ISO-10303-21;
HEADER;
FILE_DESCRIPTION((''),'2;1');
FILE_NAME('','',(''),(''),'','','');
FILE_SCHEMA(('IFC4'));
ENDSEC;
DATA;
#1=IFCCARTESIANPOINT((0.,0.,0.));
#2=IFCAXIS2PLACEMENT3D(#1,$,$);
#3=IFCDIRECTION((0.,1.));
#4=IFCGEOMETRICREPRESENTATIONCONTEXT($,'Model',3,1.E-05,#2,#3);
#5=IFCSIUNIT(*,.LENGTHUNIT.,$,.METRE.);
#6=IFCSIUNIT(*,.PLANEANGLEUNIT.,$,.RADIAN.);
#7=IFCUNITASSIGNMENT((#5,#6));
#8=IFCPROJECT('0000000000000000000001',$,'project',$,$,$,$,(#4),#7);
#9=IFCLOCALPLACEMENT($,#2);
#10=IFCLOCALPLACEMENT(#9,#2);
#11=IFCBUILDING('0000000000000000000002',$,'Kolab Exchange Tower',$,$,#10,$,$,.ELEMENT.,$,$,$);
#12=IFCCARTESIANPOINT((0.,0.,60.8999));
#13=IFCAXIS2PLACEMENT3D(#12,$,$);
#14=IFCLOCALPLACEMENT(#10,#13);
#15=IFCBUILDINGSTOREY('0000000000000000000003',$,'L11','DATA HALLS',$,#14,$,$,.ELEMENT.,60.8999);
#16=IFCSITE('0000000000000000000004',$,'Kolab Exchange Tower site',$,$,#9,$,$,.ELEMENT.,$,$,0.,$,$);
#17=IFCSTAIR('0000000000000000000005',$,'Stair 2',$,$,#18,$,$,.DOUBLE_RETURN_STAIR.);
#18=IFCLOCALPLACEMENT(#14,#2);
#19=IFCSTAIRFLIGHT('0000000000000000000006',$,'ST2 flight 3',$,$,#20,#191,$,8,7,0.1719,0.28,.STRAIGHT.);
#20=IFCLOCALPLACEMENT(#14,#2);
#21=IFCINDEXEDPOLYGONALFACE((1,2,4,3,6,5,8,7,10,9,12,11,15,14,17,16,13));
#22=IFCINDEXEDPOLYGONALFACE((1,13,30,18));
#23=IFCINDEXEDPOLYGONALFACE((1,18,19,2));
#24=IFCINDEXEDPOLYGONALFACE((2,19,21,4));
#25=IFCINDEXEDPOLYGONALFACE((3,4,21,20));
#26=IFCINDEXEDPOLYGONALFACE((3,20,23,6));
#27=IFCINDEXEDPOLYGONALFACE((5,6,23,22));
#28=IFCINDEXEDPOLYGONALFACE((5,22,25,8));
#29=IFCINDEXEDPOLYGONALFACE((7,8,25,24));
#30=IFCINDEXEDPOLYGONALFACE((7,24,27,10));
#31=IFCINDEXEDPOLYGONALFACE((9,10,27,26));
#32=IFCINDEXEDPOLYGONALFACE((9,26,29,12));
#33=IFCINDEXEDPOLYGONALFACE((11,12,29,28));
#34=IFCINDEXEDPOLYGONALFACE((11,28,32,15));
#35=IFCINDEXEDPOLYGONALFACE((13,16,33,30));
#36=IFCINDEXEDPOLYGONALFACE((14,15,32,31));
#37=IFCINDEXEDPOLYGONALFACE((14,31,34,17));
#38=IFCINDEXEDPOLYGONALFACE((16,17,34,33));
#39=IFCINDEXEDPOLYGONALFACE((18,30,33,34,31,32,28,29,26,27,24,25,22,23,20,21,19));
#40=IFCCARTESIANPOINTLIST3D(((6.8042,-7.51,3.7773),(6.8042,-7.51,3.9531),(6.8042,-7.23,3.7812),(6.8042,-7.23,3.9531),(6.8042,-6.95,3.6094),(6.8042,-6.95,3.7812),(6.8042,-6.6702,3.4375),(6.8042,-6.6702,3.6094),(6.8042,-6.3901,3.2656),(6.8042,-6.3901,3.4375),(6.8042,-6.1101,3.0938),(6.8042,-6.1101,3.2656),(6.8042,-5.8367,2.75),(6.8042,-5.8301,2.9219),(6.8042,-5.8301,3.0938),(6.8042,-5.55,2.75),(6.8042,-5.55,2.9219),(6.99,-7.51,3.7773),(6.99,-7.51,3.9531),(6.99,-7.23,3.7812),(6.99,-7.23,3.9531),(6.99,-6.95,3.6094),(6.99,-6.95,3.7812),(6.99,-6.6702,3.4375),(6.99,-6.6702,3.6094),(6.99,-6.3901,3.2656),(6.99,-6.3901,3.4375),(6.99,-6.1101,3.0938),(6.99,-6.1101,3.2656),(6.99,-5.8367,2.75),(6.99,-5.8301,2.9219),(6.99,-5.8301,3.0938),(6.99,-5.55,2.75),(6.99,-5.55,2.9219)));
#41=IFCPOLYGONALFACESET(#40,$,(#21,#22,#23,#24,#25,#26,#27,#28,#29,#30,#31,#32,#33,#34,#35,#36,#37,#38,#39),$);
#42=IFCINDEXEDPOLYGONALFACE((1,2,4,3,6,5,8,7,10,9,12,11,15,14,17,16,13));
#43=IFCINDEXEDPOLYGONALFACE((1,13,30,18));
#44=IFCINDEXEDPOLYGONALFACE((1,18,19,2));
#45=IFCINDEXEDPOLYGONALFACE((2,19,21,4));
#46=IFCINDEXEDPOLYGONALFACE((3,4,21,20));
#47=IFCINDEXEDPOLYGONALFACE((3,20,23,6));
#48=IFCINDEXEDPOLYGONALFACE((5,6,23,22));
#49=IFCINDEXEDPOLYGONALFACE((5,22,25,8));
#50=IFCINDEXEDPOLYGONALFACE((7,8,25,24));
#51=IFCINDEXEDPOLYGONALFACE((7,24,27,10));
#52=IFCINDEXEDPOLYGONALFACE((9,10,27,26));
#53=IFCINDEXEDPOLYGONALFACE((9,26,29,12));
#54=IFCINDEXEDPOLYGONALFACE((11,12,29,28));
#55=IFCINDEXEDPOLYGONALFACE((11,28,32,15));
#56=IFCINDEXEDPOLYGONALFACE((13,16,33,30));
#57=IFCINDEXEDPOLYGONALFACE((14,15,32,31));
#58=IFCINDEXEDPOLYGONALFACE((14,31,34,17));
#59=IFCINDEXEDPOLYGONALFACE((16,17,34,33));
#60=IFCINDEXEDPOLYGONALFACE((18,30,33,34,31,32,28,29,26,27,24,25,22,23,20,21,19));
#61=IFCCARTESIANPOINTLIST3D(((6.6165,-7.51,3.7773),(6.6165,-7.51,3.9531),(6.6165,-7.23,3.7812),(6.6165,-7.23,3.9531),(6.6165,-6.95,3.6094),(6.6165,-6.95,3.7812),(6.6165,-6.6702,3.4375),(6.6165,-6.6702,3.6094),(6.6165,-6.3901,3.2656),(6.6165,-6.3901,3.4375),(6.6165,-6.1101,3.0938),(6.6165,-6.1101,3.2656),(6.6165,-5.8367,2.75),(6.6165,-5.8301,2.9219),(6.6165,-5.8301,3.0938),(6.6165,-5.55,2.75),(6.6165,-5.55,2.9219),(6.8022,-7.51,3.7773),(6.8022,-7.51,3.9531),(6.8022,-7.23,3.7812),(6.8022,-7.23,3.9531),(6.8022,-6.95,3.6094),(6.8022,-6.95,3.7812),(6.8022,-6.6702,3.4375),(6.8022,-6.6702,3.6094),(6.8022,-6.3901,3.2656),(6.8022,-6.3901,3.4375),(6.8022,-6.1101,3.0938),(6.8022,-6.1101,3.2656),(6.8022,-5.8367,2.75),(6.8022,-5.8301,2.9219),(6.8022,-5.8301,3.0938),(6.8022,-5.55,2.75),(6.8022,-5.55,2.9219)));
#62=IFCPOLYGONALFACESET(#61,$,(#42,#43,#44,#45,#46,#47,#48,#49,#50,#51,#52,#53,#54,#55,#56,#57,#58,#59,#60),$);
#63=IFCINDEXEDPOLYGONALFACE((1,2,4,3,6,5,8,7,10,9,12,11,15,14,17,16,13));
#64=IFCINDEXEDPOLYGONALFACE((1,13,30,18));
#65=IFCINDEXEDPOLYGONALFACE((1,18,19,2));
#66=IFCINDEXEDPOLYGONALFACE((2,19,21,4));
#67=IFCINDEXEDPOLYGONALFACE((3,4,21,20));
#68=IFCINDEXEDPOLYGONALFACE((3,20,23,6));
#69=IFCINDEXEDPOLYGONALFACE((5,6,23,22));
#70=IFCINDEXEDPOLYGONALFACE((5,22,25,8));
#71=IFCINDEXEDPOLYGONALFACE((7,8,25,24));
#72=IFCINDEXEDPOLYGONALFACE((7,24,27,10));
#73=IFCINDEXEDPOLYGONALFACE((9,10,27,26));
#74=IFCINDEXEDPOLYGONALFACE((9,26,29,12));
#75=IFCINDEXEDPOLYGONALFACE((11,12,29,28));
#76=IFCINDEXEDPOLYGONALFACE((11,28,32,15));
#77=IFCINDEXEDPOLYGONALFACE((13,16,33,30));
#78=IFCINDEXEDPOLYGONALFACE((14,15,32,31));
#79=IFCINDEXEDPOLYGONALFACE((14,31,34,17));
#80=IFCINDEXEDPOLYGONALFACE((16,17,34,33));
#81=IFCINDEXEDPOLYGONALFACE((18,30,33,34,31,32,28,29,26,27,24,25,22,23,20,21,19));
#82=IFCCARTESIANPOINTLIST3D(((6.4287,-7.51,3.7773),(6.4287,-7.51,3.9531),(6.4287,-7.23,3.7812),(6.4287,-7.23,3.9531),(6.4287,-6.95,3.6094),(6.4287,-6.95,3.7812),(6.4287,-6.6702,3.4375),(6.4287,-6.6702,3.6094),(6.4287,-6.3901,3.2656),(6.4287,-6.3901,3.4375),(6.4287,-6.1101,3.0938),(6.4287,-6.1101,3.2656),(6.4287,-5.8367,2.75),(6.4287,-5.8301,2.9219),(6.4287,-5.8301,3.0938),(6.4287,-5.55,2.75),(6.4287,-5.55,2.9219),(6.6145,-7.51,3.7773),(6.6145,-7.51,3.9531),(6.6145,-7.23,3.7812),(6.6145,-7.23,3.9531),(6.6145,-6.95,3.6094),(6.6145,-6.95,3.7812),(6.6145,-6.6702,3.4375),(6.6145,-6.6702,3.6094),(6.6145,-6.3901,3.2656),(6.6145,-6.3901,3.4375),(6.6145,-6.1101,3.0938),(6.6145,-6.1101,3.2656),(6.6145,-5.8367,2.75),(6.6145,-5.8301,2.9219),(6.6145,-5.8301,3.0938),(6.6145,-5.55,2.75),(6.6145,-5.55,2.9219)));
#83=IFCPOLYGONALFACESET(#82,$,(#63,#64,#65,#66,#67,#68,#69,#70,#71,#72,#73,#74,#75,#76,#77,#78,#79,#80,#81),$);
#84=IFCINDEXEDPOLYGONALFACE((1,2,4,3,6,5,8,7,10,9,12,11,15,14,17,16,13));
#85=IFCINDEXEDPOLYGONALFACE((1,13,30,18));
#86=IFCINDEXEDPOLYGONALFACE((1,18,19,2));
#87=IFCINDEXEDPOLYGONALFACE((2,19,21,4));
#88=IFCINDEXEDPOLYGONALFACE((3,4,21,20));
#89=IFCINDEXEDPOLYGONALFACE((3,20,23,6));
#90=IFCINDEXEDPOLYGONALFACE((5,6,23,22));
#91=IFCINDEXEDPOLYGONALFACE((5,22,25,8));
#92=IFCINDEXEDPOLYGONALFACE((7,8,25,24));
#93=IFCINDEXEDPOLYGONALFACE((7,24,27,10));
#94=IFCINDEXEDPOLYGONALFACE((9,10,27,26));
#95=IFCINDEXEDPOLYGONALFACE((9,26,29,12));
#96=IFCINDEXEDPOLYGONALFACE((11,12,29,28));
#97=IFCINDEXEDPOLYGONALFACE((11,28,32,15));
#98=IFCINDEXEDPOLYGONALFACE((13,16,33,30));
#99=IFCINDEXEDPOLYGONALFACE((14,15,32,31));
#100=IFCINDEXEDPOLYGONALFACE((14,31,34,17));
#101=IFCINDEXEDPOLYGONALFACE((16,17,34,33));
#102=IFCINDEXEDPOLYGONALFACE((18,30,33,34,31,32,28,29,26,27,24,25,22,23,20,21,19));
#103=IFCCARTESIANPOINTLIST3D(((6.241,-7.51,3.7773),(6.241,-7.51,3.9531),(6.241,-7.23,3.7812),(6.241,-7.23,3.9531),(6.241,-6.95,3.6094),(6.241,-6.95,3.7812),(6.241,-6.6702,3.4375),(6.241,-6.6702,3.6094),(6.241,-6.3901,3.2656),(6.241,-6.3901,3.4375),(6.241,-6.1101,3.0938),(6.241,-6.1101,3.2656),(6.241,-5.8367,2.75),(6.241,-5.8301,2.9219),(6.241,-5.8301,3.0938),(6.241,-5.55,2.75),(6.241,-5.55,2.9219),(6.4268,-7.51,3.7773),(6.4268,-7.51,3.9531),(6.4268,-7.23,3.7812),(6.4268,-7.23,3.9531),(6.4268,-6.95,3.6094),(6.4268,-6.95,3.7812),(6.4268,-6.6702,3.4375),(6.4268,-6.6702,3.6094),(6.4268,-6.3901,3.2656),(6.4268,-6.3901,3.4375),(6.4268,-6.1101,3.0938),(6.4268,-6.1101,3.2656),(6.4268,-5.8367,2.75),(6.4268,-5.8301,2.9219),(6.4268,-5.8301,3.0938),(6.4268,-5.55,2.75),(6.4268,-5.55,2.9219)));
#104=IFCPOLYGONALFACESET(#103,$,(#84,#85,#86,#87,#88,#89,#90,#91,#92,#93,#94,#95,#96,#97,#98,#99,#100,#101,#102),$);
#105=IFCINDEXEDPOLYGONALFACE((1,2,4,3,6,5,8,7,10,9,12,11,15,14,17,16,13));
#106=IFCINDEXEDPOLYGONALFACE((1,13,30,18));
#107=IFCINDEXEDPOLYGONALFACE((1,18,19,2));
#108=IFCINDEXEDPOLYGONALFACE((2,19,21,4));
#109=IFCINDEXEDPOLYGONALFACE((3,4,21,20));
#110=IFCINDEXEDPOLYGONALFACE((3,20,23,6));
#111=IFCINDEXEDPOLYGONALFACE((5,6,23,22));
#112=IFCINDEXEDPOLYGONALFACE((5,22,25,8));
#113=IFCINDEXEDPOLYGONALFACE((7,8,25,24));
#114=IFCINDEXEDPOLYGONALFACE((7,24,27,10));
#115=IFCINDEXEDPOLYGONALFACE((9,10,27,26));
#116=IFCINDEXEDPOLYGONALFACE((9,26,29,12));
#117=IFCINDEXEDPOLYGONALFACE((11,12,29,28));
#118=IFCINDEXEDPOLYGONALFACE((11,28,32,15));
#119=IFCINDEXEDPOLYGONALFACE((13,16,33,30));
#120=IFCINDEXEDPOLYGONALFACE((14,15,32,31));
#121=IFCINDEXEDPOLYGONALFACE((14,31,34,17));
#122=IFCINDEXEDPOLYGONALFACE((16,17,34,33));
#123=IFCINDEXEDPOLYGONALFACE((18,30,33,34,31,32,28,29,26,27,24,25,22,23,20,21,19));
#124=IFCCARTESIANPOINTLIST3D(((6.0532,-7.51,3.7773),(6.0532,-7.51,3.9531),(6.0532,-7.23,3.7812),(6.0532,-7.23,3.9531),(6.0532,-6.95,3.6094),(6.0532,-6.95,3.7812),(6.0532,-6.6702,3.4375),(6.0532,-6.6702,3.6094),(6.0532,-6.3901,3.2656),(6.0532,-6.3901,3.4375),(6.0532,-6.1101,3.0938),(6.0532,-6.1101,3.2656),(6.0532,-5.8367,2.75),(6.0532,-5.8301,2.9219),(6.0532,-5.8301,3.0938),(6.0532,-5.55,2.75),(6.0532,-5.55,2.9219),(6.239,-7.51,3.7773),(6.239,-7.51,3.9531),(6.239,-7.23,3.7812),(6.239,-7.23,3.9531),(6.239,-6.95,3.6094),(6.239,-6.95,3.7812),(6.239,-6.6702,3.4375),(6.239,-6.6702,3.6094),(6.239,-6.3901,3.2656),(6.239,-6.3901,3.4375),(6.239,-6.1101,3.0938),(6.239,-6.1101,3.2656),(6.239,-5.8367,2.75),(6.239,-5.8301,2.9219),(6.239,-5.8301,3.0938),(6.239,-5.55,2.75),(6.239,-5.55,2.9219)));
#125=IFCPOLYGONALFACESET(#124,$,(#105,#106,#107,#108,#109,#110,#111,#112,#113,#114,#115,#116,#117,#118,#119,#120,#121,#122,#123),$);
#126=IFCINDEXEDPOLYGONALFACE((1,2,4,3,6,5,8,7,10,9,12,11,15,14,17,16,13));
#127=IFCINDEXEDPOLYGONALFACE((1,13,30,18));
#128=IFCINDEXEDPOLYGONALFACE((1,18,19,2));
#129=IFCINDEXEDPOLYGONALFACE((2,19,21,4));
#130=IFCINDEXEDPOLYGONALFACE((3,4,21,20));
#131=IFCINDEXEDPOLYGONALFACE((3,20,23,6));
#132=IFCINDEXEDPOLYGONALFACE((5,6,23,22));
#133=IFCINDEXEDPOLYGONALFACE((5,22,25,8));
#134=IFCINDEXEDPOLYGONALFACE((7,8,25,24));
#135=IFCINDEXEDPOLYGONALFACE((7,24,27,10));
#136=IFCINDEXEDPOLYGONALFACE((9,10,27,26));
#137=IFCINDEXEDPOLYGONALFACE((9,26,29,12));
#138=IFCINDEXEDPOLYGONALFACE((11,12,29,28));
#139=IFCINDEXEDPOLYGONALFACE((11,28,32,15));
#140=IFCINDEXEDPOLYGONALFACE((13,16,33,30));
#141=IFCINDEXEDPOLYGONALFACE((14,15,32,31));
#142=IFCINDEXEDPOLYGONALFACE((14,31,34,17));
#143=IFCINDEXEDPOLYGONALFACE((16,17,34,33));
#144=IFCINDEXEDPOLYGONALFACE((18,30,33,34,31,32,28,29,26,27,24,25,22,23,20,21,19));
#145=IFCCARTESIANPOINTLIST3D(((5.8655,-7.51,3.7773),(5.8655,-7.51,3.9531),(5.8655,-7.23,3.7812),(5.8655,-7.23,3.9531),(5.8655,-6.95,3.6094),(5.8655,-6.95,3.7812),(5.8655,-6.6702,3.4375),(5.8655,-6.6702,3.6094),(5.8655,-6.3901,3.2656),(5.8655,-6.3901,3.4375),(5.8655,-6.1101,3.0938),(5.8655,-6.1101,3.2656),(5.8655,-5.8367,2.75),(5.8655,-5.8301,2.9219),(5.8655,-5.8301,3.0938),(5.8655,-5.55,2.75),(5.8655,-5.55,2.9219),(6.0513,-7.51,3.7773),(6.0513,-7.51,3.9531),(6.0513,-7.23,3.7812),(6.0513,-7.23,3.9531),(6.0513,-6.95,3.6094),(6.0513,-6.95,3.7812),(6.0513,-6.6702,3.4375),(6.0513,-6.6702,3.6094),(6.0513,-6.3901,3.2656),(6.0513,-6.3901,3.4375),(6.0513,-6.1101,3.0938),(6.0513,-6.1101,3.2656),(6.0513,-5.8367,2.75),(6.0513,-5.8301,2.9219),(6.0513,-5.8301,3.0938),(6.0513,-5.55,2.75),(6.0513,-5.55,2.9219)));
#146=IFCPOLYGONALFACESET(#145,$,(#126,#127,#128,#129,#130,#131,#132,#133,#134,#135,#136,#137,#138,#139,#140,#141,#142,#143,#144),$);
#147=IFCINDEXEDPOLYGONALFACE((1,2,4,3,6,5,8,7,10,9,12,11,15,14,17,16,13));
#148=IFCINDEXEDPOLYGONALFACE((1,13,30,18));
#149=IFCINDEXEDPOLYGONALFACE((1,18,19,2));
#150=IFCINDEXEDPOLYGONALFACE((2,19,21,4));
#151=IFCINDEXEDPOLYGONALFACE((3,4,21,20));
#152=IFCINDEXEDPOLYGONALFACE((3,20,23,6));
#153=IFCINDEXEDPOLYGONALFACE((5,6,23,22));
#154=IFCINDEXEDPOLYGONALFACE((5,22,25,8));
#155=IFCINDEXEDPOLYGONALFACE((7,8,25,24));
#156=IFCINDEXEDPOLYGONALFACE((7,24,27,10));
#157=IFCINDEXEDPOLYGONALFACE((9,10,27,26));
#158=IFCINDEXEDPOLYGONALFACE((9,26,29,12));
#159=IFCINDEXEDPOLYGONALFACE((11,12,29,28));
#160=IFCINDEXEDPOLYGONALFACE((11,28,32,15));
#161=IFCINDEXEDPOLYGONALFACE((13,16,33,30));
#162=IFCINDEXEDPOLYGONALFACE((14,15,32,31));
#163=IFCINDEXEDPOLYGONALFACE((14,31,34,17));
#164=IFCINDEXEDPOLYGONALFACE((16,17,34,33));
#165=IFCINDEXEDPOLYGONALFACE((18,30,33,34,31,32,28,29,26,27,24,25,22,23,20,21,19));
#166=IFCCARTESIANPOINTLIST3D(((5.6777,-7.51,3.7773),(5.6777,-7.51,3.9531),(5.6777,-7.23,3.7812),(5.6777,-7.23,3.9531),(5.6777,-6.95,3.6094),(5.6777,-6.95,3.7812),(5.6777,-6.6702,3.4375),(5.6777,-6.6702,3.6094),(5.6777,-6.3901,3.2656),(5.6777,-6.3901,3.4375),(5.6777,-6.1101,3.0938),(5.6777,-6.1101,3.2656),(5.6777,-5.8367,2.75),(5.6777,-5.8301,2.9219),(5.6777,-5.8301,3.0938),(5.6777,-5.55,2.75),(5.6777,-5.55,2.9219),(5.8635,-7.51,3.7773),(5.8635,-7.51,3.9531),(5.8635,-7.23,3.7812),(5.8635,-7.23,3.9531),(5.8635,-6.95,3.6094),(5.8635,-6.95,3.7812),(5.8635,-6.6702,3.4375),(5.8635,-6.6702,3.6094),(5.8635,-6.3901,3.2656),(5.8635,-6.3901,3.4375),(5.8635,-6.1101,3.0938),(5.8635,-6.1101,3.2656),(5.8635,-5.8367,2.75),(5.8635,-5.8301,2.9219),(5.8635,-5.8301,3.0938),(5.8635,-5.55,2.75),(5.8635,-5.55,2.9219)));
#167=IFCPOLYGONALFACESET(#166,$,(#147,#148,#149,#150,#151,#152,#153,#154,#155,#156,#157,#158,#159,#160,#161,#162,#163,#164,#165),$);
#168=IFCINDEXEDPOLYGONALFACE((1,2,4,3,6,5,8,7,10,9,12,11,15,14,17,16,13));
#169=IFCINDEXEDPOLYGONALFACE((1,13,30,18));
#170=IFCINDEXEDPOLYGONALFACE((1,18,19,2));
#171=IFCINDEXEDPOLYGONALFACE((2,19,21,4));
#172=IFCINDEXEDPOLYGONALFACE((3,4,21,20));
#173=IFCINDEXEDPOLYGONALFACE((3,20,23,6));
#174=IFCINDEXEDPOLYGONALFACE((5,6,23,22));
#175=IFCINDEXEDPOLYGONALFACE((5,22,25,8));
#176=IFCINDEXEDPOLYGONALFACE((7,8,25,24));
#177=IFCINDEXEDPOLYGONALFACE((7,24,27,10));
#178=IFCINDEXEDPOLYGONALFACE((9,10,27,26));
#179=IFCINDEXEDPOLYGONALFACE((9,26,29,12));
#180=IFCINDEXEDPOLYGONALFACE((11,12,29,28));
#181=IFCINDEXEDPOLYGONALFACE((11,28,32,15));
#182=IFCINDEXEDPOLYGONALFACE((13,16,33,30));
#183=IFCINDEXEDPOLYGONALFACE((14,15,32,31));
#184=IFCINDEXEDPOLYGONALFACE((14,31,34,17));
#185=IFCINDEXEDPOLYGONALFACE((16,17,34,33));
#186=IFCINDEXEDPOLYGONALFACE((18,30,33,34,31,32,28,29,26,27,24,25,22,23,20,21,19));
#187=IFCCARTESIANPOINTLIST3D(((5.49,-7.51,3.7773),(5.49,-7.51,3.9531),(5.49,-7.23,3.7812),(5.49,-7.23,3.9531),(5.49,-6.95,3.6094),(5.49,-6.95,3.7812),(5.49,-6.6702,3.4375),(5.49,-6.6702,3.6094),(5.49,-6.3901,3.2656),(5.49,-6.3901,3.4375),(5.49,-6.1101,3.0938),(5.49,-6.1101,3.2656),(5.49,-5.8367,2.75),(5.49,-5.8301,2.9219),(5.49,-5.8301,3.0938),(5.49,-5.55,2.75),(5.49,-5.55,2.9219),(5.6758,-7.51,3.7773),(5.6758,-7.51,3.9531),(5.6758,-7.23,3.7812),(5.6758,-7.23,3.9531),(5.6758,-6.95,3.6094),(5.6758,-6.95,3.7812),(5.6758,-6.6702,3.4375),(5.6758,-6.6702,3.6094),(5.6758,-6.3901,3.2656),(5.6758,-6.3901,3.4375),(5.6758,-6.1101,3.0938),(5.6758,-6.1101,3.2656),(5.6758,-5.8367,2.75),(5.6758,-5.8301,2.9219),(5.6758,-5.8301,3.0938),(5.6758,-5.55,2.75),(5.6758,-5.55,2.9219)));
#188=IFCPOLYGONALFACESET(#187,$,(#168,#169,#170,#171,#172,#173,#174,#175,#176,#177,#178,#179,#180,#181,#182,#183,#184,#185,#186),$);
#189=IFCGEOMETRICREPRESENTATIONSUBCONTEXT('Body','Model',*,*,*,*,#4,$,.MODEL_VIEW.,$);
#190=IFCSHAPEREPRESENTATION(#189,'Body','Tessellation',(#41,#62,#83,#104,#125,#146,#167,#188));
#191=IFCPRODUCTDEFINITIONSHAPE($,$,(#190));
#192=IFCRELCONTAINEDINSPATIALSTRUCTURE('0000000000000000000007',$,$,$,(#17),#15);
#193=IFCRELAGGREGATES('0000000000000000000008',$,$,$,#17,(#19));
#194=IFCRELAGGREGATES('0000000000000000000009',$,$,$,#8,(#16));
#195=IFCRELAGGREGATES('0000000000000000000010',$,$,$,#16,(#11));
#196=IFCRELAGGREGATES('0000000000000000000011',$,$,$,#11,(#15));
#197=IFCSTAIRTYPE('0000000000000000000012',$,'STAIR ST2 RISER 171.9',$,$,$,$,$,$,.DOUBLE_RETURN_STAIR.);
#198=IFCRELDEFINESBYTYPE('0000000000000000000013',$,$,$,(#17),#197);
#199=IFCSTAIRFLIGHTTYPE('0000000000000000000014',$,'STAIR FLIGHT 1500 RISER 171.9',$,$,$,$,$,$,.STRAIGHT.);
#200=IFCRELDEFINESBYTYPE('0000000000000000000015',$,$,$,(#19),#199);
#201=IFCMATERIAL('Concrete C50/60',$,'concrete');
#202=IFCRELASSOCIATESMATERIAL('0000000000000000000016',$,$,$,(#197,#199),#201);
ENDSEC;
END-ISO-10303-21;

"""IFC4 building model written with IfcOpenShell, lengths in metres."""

from ifc_helpers import new_model, si_unit, direction, frame, origin, place, context, subcontext, project, spatial, polyline, outline, extrude, material, type_object, element, aggregate, save


model = new_model("IFC4")

# Units and contexts
model_context = context("Model", 3, precision=1e-05, world=origin(), true_north=direction((0.0, 1.0)))
body_context = subcontext(model_context, "Body", "Model", "MODEL_VIEW")
ifc_project = project(units=[si_unit("LENGTHUNIT", "METRE"), si_unit("PLANEANGLEUNIT", "RADIAN")], contexts=[model_context])

# Site, building, storey
site_placement = place(None, origin())
site = spatial("IfcSite", under=ifc_project, at=site_placement, Name="Kolab Exchange Tower site", CompositionType="ELEMENT", RefElevation=0.0)
building_placement = place(site_placement, origin())
building = spatial("IfcBuilding", under=site, at=building_placement, Name="Kolab Exchange Tower", CompositionType="ELEMENT")
storey_placement = place(building_placement, frame((0.0, 0.0, 60.8999)))
storey = spatial("IfcBuildingStorey", under=building, at=storey_placement, Name="L11", Description="DATA HALLS", CompositionType="ELEMENT", Elevation=60.8999)

# Shared definitions
ifc_material_1 = material(Name="Concrete C50/60", Category="concrete")

# Stair, stair flight
stair_type = type_object("IfcStairType", Name="STAIR ST2 RISER 171.9", PredefinedType="DOUBLE_RETURN_STAIR", material=ifc_material_1)
stair_placement = place(storey_placement, origin())
stair = element("IfcStair", 1, at=stair_placement, inside=storey, type_object=stair_type, Name="Stair 2", PredefinedType="DOUBLE_RETURN_STAIR")
stair_flight_type = type_object("IfcStairFlightType", Name="STAIR FLIGHT 1500 RISER 171.9", PredefinedType="STRAIGHT", material=ifc_material_1)
stair_flight_1_placement = place(storey_placement, frame((6.24, -5.55, 2.75), z_axis=(0.0, 0.0, 1.0), x_axis=(0.0, -1.0, 0.0)))
stair_flight_1 = element("IfcStairFlight", 2, at=stair_flight_1_placement, type_object=stair_flight_type, Name="ST2 flight 3", NumberOfRisers=8, NumberOfTreads=7, PredefinedType="STRAIGHT", RiserHeight=0.1719, TreadLength=0.28, context=body_context, shape_type="SweptSolid", body=[
    extrude(outline(polyline([(0.0, 0.0), (0.0, 0.1719), (0.28, 0.1719), (0.28, 0.3438), (0.5601, 0.3438), (0.5601, 0.5156), (0.8401, 0.5156), (0.8401, 0.6875), (1.1201, 0.6875), (1.1201, 0.8594), (1.3999, 0.8594), (1.3999, 1.0312), (1.6799, 1.0312), (1.6799, 1.2031), (1.96, 1.2031), (1.96, 1.375), (1.96, 1.0273), (0.2866, 0.0), (0.0, 0.0)])), frame((0.0, 0.75, 0.0), z_axis=(0.0, -1.0, 0.0), x_axis=(1.0, 0.0, 0.0)), (0.0, 0.0, 1.0), 0.1858),
    extrude(outline(polyline([(0.0, 0.0), (0.0, 0.1719), (0.28, 0.1719), (0.28, 0.3438), (0.5601, 0.3438), (0.5601, 0.5156), (0.8401, 0.5156), (0.8401, 0.6875), (1.1201, 0.6875), (1.1201, 0.8594), (1.3999, 0.8594), (1.3999, 1.0312), (1.6799, 1.0312), (1.6799, 1.2031), (1.96, 1.2031), (1.96, 1.375), (1.96, 1.0273), (0.2866, 0.0), (0.0, 0.0)])), frame((0.0, 0.5623, 0.0), z_axis=(0.0, -1.0, 0.0), x_axis=(1.0, 0.0, 0.0)), (0.0, 0.0, 1.0), 0.1858),
    extrude(outline(polyline([(0.0, 0.0), (0.0, 0.1719), (0.28, 0.1719), (0.28, 0.3438), (0.5601, 0.3438), (0.5601, 0.5156), (0.8401, 0.5156), (0.8401, 0.6875), (1.1201, 0.6875), (1.1201, 0.8594), (1.3999, 0.8594), (1.3999, 1.0312), (1.6799, 1.0312), (1.6799, 1.2031), (1.96, 1.2031), (1.96, 1.375), (1.96, 1.0273), (0.2866, 0.0), (0.0, 0.0)])), frame((0.0, 0.3745, 0.0), z_axis=(0.0, -1.0, 0.0), x_axis=(1.0, 0.0, 0.0)), (0.0, 0.0, 1.0), 0.1858),
    extrude(outline(polyline([(0.0, 0.0), (0.0, 0.1719), (0.28, 0.1719), (0.28, 0.3438), (0.5601, 0.3438), (0.5601, 0.5156), (0.8401, 0.5156), (0.8401, 0.6875), (1.1201, 0.6875), (1.1201, 0.8594), (1.3999, 0.8594), (1.3999, 1.0312), (1.6799, 1.0312), (1.6799, 1.2031), (1.96, 1.2031), (1.96, 1.375), (1.96, 1.0273), (0.2866, 0.0), (0.0, 0.0)])), frame((0.0, 0.1868, 0.0), z_axis=(0.0, -1.0, 0.0), x_axis=(1.0, 0.0, 0.0)), (0.0, 0.0, 1.0), 0.1858),
    extrude(outline(polyline([(0.0, 0.0), (0.0, 0.1719), (0.28, 0.1719), (0.28, 0.3438), (0.5601, 0.3438), (0.5601, 0.5156), (0.8401, 0.5156), (0.8401, 0.6875), (1.1201, 0.6875), (1.1201, 0.8594), (1.3999, 0.8594), (1.3999, 1.0312), (1.6799, 1.0312), (1.6799, 1.2031), (1.96, 1.2031), (1.96, 1.375), (1.96, 1.0273), (0.2866, 0.0), (0.0, 0.0)])), frame((0.0, -0.001, 0.0), z_axis=(0.0, -1.0, 0.0), x_axis=(1.0, 0.0, 0.0)), (0.0, 0.0, 1.0), 0.1858),
    extrude(outline(polyline([(0.0, 0.0), (0.0, 0.1719), (0.28, 0.1719), (0.28, 0.3438), (0.5601, 0.3438), (0.5601, 0.5156), (0.8401, 0.5156), (0.8401, 0.6875), (1.1201, 0.6875), (1.1201, 0.8594), (1.3999, 0.8594), (1.3999, 1.0312), (1.6799, 1.0312), (1.6799, 1.2031), (1.96, 1.2031), (1.96, 1.375), (1.96, 1.0273), (0.2866, 0.0), (0.0, 0.0)])), frame((0.0, -0.1887, 0.0), z_axis=(0.0, -1.0, 0.0), x_axis=(1.0, 0.0, 0.0)), (0.0, 0.0, 1.0), 0.1858),
    extrude(outline(polyline([(0.0, 0.0), (0.0, 0.1719), (0.28, 0.1719), (0.28, 0.3438), (0.5601, 0.3438), (0.5601, 0.5156), (0.8401, 0.5156), (0.8401, 0.6875), (1.1201, 0.6875), (1.1201, 0.8594), (1.3999, 0.8594), (1.3999, 1.0312), (1.6799, 1.0312), (1.6799, 1.2031), (1.96, 1.2031), (1.96, 1.375), (1.96, 1.0273), (0.2866, 0.0), (0.0, 0.0)])), frame((0.0, -0.3765, 0.0), z_axis=(0.0, -1.0, 0.0), x_axis=(1.0, 0.0, 0.0)), (0.0, 0.0, 1.0), 0.1858),
    extrude(outline(polyline([(0.0, 0.0), (0.0, 0.1719), (0.28, 0.1719), (0.28, 0.3438), (0.5601, 0.3438), (0.5601, 0.5156), (0.8401, 0.5156), (0.8401, 0.6875), (1.1201, 0.6875), (1.1201, 0.8594), (1.3999, 0.8594), (1.3999, 1.0312), (1.6799, 1.0312), (1.6799, 1.2031), (1.96, 1.2031), (1.96, 1.375), (1.96, 1.0273), (0.2866, 0.0), (0.0, 0.0)])), frame((0.0, -0.5642, 0.0), z_axis=(0.0, -1.0, 0.0), x_axis=(1.0, 0.0, 0.0)), (0.0, 0.0, 1.0), 0.1858),
])
aggregate(stair, [stair_flight_1])

save(model, "model.ifc")
